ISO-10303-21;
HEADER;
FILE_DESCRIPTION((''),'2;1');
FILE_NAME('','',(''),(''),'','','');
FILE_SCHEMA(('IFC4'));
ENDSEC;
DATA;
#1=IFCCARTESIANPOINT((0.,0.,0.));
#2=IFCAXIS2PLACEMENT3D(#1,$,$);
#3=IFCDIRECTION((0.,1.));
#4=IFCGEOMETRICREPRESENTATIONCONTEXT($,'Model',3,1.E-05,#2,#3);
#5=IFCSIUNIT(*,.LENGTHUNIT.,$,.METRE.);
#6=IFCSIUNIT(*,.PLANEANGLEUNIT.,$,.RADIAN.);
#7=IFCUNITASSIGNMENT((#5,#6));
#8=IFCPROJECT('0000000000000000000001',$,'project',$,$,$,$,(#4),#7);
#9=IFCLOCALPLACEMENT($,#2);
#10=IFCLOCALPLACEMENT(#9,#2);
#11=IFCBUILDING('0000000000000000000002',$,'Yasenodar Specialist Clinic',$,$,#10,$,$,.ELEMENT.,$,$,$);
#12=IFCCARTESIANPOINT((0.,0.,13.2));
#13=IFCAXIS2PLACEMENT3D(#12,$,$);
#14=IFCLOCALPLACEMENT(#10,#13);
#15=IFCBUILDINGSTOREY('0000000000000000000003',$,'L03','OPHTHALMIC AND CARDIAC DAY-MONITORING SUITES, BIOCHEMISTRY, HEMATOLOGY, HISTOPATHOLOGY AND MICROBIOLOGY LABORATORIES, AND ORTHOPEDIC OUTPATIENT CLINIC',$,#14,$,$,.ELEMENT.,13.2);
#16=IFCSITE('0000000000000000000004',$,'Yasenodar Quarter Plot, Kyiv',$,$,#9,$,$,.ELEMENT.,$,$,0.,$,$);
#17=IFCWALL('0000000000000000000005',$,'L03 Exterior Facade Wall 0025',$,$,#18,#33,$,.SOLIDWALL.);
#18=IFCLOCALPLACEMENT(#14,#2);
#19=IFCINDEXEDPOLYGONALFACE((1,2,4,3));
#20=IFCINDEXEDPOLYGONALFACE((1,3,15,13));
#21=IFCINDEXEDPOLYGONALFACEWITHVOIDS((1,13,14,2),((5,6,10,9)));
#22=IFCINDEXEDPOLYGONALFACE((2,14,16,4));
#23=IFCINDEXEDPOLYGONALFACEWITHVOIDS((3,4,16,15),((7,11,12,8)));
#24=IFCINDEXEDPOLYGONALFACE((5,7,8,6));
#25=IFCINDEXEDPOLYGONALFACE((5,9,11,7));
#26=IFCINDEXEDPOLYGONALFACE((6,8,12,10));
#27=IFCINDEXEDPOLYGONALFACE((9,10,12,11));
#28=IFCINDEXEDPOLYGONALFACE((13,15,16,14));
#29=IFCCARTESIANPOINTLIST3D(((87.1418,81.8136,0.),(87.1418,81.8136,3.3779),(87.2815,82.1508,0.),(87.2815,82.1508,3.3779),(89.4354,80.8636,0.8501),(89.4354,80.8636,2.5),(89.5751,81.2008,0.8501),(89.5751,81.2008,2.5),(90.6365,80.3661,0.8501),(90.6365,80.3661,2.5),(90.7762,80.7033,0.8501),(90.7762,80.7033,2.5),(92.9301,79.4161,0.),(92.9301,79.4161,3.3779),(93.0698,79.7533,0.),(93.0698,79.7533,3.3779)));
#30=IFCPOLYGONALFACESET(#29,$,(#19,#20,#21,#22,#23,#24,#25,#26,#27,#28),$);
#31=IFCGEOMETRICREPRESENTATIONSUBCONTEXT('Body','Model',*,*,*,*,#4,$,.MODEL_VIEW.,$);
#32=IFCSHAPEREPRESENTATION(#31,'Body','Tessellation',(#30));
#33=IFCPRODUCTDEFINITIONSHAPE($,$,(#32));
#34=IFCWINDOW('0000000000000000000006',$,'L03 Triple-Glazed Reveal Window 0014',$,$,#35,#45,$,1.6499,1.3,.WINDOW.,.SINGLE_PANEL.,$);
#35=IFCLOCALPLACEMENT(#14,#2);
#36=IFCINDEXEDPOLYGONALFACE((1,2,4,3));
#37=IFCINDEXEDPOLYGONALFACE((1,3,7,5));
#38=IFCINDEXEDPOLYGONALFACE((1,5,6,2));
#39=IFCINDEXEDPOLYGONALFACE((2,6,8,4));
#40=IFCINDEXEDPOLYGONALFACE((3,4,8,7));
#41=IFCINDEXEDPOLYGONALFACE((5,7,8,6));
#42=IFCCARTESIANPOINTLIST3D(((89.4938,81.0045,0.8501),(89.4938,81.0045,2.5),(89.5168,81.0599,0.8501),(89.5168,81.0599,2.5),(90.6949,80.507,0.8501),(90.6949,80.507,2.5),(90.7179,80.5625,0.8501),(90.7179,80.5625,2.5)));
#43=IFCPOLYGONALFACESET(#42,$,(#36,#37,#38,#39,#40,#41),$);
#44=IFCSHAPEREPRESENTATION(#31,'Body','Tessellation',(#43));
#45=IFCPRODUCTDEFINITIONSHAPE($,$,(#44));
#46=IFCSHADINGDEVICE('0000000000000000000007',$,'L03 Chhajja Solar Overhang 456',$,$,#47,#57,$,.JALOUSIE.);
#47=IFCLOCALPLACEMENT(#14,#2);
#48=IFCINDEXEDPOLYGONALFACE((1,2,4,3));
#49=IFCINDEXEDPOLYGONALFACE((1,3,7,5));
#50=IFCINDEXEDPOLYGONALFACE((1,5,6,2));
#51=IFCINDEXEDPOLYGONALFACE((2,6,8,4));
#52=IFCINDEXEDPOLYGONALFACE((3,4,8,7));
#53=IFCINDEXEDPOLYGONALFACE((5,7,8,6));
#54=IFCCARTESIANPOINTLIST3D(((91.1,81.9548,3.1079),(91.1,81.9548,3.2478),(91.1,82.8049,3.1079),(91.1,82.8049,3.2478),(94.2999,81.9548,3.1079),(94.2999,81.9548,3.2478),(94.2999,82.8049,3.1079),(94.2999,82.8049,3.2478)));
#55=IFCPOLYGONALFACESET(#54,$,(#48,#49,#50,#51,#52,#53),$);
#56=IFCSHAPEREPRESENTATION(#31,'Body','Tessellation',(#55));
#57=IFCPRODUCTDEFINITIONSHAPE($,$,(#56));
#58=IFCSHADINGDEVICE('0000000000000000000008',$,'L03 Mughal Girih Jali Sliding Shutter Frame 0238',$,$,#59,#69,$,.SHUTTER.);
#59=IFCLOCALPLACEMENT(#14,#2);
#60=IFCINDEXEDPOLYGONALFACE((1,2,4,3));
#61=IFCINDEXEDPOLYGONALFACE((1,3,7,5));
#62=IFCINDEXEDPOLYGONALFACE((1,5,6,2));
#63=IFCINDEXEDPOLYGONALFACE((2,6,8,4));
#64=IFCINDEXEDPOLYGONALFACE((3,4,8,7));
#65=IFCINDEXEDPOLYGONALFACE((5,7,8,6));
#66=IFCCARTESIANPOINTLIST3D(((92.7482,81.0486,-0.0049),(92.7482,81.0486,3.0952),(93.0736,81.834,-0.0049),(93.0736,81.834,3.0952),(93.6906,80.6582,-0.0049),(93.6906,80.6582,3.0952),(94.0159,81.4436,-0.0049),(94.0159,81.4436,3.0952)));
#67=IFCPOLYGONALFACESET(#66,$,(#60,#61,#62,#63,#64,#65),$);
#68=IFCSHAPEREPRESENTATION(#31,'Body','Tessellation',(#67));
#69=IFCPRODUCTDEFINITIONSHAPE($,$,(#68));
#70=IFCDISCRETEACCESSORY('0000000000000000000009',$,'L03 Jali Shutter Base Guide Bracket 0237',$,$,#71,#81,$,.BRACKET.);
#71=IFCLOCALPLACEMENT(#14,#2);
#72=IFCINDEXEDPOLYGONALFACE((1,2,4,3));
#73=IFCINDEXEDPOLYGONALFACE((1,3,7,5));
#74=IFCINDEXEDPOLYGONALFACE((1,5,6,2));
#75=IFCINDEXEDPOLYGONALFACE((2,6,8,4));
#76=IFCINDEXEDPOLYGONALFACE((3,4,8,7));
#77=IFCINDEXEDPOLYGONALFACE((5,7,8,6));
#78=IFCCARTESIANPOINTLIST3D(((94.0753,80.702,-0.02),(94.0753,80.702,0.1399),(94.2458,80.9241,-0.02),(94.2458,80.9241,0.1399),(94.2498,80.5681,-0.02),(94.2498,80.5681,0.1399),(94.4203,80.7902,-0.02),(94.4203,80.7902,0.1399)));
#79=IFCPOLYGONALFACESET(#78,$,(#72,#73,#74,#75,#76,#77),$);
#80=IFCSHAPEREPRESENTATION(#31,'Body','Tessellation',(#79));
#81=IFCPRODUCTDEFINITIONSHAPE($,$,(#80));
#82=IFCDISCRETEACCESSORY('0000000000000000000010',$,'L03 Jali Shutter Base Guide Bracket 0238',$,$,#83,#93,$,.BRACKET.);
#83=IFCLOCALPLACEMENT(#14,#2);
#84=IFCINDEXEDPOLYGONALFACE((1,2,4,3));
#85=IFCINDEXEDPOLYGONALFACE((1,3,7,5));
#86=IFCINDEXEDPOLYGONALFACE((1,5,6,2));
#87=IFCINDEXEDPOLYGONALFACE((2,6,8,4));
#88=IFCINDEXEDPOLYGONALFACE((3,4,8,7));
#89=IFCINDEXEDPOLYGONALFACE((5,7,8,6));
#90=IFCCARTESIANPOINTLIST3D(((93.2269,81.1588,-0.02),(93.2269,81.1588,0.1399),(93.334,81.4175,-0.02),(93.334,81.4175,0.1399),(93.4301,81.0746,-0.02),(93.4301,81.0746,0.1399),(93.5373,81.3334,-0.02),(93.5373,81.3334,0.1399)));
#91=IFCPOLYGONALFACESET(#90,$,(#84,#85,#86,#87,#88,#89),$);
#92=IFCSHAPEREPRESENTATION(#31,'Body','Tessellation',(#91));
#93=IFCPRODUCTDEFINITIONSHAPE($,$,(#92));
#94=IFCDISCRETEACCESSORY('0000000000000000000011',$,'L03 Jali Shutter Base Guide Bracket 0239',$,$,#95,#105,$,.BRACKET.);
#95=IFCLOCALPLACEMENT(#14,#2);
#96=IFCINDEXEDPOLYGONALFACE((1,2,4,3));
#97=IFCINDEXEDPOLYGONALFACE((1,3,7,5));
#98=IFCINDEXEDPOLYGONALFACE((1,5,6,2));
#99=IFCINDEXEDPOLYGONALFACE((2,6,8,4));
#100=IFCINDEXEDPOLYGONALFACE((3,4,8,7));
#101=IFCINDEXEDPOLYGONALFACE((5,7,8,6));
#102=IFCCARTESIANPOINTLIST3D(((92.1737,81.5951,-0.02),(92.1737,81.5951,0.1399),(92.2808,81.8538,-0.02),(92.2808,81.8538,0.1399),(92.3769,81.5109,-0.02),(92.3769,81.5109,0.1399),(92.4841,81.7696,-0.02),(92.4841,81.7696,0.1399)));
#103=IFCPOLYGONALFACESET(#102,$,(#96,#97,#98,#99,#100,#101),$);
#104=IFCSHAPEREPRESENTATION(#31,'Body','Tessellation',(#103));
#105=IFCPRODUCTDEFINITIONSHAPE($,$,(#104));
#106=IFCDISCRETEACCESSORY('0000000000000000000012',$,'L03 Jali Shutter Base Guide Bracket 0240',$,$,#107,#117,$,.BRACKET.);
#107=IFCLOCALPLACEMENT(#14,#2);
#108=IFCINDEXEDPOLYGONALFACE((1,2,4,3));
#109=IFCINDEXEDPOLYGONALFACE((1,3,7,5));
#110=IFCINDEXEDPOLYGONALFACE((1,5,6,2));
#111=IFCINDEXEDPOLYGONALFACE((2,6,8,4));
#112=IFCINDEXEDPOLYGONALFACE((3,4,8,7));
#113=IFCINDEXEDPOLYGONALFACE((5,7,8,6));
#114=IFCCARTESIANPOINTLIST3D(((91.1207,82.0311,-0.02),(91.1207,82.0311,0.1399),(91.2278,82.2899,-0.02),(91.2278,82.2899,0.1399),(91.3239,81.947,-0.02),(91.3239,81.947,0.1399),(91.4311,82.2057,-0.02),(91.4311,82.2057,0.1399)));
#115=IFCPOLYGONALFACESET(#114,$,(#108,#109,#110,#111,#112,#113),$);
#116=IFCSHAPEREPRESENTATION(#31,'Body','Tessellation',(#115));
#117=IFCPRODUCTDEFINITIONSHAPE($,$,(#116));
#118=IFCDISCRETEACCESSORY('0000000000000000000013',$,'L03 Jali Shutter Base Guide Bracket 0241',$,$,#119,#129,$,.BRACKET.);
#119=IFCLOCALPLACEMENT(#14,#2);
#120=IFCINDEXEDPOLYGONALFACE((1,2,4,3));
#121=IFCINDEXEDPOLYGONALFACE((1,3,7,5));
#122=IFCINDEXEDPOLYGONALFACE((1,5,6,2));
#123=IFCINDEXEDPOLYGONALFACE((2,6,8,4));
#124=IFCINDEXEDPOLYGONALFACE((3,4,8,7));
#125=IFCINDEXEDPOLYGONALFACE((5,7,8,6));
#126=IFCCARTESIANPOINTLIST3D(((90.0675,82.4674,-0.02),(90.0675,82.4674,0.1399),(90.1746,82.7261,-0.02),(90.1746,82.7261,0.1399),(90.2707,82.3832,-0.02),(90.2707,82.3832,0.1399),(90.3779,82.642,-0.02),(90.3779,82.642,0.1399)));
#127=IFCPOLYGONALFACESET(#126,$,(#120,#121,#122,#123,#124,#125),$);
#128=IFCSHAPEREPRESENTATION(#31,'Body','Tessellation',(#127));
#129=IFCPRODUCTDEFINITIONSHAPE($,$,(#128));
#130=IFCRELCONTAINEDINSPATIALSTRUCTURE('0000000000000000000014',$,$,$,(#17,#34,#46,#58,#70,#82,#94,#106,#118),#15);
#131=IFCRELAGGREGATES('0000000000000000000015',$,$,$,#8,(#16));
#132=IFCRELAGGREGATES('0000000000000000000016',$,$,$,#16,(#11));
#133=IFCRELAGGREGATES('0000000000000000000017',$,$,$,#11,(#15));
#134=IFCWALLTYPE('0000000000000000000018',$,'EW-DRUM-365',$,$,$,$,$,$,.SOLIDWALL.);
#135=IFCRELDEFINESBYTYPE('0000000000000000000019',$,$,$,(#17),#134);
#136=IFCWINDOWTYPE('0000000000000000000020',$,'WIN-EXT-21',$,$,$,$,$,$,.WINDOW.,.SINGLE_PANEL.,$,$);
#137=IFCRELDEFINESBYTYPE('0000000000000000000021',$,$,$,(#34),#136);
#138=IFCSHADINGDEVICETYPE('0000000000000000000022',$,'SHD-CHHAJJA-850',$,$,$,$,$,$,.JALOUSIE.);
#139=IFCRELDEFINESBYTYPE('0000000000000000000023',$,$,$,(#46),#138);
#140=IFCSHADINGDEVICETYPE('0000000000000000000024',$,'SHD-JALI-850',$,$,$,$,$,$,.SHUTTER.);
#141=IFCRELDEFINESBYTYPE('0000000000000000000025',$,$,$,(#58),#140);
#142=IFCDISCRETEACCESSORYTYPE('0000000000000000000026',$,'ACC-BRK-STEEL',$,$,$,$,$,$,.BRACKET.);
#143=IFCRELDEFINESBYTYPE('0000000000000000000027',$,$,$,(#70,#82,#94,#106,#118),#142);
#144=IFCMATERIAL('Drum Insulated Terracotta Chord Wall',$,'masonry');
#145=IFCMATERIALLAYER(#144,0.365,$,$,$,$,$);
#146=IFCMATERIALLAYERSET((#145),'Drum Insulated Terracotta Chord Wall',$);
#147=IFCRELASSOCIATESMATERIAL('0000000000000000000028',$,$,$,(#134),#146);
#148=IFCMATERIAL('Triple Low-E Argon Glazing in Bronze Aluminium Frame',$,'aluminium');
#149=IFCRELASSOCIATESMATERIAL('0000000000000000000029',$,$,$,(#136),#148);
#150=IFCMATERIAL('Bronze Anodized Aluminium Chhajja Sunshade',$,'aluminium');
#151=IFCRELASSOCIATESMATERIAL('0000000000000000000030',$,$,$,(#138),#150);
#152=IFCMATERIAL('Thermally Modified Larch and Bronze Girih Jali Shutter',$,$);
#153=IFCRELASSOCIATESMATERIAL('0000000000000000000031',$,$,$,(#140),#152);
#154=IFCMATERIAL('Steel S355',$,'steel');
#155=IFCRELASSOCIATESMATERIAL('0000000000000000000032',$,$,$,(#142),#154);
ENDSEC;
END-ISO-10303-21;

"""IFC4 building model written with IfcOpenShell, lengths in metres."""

from ifc_helpers import new_model, si_unit, direction, frame, frame_2d, origin, origin_2d, place, context, subcontext, project, spatial, rectangle, extrude, material, layer, layer_set, type_object, element, fill, save


model = new_model("IFC4")

# Units and contexts
model_context = context("Model", 3, precision=1e-05, world=origin(), true_north=direction((0.0, 1.0)))
body_context = subcontext(model_context, "Body", "Model", "MODEL_VIEW")
ifc_project = project(units=[si_unit("LENGTHUNIT", "METRE"), si_unit("PLANEANGLEUNIT", "RADIAN")], contexts=[model_context])

# Site, building, storey
site_placement = place(None, origin())
site = spatial("IfcSite", under=ifc_project, at=site_placement, Name="Yasenodar Quarter Plot, Kyiv", CompositionType="ELEMENT", RefElevation=0.0)
building_placement = place(site_placement, origin())
building = spatial("IfcBuilding", under=site, at=building_placement, Name="Yasenodar Specialist Clinic", CompositionType="ELEMENT")
storey_placement = place(building_placement, frame((0.0, 0.0, 13.2)))
storey = spatial("IfcBuildingStorey", under=building, at=storey_placement, Name="L03", Description="OPHTHALMIC AND CARDIAC DAY-MONITORING SUITES, BIOCHEMISTRY, HEMATOLOGY, HISTOPATHOLOGY AND MICROBIOLOGY LABORATORIES, AND ORTHOPEDIC OUTPATIENT CLINIC", CompositionType="ELEMENT", Elevation=13.2)

# Shared definitions
ifc_material_1 = material(Name="Steel S355", Category="steel")

# Wall, opening, window
ifc_material_2 = material(Name="Drum Insulated Terracotta Chord Wall", Category="masonry")
ifc_layer_1 = layer(ifc_material_2, 0.365)
ifc_layer_set_1 = layer_set([ifc_layer_1], Name="Drum Insulated Terracotta Chord Wall")
wall_type = type_object("IfcWallType", Name="EW-DRUM-365", PredefinedType="SOLIDWALL", material=ifc_layer_set_1)
wall_placement = place(storey_placement, frame((87.2117, 81.9822, 0.0), z_axis=(0.0, 0.0, 1.0), x_axis=(0.923888, -0.382664, 0.0)))
wall = element("IfcWall", 1, at=wall_placement, inside=storey, type_object=wall_type, Name="L03 Exterior Facade Wall 0025", PredefinedType="SOLIDWALL", context=body_context, shape_type="SweptSolid", body=[
    extrude(rectangle(XDim=6.2651, YDim=0.365, at=frame_2d((3.1326, 0.0))), origin(), (0.0, 0.0, 1.0), 3.3779),
])
opening_placement = place(wall_placement, frame((2.4827, 0.0, 0.8501)))
opening = element("IfcOpeningElement", 2, at=opening_placement, cuts=wall, PredefinedType="OPENING", context=body_context, shape_type="SweptSolid", body=[
    extrude(rectangle(XDim=1.3, YDim=1.6499, at=frame_2d((0.6499, 0.825))), frame((0.0, 0.1924, 0.0), z_axis=(0.0, -1.0, 0.0), x_axis=(1.0, 0.0, 0.0)), (0.0, 0.0, 1.0), 0.385),
])
ifc_material_3 = material(Name="Triple Low-E Argon Glazing in Bronze Aluminium Frame", Category="aluminium")
window_type = type_object("IfcWindowType", Name="WIN-EXT-21", PartitioningType="SINGLE_PANEL", PredefinedType="WINDOW", material=ifc_material_3)
window_placement = place(opening_placement, origin())
window = element("IfcWindow", 3, at=window_placement, inside=storey, type_object=window_type, Name="L03 Triple-Glazed Reveal Window 0014", OverallHeight=1.6499, OverallWidth=1.3, PartitioningType="SINGLE_PANEL", PredefinedType="WINDOW", context=body_context, shape_type="SweptSolid", body=[
    extrude(rectangle(XDim=1.3, YDim=1.6499, at=frame_2d((0.6499, 0.825))), frame((0.0, 0.03, 0.0), z_axis=(0.0, -1.0, 0.0), x_axis=(1.0, 0.0, 0.0)), (0.0, 0.0, 1.0), 0.0601),
])
fill(opening, window)

# Shading devices
ifc_material_4 = material(Name="Bronze Anodized Aluminium Chhajja Sunshade", Category="aluminium")
shading_device_type_1 = type_object("IfcShadingDeviceType", Name="SHD-CHHAJJA-850", PredefinedType="JALOUSIE", material=ifc_material_4)
shading_device_1_placement = place(storey_placement, frame((92.7, 82.3799, 3.1079), z_axis=(0.0, 0.0, 1.0), x_axis=(-1.0, 0.0, 0.0)))
element("IfcShadingDevice", 4, at=shading_device_1_placement, inside=storey, type_object=shading_device_type_1, Name="L03 Chhajja Solar Overhang 456", PredefinedType="JALOUSIE", context=body_context, shape_type="SweptSolid", body=[
    extrude(rectangle(XDim=3.2, YDim=0.8501, at=origin_2d()), origin(), (0.0, 0.0, 1.0), 0.1399),
])
ifc_material_5 = material(Name="Thermally Modified Larch and Bronze Girih Jali Shutter")
shading_device_type_2 = type_object("IfcShadingDeviceType", Name="SHD-JALI-850", PredefinedType="SHUTTER", material=ifc_material_5)
shading_device_2_placement = place(storey_placement, frame((93.3821, 81.2461, -0.0049), z_axis=(0.0, 0.0, 1.0), x_axis=(-0.923878, 0.382687, 0.0)))
element("IfcShadingDevice", 5, at=shading_device_2_placement, inside=storey, type_object=shading_device_type_2, Name="L03 Mughal Girih Jali Sliding Shutter Frame 0238", PredefinedType="SHUTTER", context=body_context, shape_type="SweptSolid", body=[
    extrude(rectangle(XDim=1.02, YDim=0.8501, at=origin_2d()), origin(), (0.0, 0.0, 1.0), 3.1001),
])

# Discrete accessories
discrete_accessory_type = type_object("IfcDiscreteAccessoryType", Name="ACC-BRK-STEEL", PredefinedType="BRACKET", material=ifc_material_1)
for number, where, z_axis, x_axis, name in (
    (6, (94.2478, 80.7461, -0.02), (0.0, 0.0, 1.0), (-0.793351, 0.608764, 0.0), "L03 Jali Shutter Base Guide Bracket 0237"),
    (7, (93.3821, 81.2461, -0.02), (0.0, 0.0, 1.0), (-0.923878, 0.382687, 0.0), "L03 Jali Shutter Base Guide Bracket 0238"),
    (8, (92.3289, 81.6824, -0.02), (0.0, 0.0, 1.0), (-0.923878, 0.382687, 0.0), "L03 Jali Shutter Base Guide Bracket 0239"),
    (9, (91.2759, 82.1184, -0.02), (0.0, 0.0, 1.0), (-0.923878, 0.382687, 0.0), "L03 Jali Shutter Base Guide Bracket 0240"),
    (10, (90.2227, 82.5547, -0.02), (0.0, 0.0, 1.0), (-0.923878, 0.382687, 0.0), "L03 Jali Shutter Base Guide Bracket 0241"),
):
    element("IfcDiscreteAccessory", number, at=place(storey_placement, frame(where, z_axis=z_axis, x_axis=x_axis)), inside=storey, type_object=discrete_accessory_type, Name=name, PredefinedType="BRACKET", context=body_context, shape_type="SweptSolid", body=[
        extrude(rectangle(XDim=0.22, YDim=0.28, at=origin_2d()), origin(), (0.0, 0.0, 1.0), 0.1599),
    ])

save(model, "model.ifc")
